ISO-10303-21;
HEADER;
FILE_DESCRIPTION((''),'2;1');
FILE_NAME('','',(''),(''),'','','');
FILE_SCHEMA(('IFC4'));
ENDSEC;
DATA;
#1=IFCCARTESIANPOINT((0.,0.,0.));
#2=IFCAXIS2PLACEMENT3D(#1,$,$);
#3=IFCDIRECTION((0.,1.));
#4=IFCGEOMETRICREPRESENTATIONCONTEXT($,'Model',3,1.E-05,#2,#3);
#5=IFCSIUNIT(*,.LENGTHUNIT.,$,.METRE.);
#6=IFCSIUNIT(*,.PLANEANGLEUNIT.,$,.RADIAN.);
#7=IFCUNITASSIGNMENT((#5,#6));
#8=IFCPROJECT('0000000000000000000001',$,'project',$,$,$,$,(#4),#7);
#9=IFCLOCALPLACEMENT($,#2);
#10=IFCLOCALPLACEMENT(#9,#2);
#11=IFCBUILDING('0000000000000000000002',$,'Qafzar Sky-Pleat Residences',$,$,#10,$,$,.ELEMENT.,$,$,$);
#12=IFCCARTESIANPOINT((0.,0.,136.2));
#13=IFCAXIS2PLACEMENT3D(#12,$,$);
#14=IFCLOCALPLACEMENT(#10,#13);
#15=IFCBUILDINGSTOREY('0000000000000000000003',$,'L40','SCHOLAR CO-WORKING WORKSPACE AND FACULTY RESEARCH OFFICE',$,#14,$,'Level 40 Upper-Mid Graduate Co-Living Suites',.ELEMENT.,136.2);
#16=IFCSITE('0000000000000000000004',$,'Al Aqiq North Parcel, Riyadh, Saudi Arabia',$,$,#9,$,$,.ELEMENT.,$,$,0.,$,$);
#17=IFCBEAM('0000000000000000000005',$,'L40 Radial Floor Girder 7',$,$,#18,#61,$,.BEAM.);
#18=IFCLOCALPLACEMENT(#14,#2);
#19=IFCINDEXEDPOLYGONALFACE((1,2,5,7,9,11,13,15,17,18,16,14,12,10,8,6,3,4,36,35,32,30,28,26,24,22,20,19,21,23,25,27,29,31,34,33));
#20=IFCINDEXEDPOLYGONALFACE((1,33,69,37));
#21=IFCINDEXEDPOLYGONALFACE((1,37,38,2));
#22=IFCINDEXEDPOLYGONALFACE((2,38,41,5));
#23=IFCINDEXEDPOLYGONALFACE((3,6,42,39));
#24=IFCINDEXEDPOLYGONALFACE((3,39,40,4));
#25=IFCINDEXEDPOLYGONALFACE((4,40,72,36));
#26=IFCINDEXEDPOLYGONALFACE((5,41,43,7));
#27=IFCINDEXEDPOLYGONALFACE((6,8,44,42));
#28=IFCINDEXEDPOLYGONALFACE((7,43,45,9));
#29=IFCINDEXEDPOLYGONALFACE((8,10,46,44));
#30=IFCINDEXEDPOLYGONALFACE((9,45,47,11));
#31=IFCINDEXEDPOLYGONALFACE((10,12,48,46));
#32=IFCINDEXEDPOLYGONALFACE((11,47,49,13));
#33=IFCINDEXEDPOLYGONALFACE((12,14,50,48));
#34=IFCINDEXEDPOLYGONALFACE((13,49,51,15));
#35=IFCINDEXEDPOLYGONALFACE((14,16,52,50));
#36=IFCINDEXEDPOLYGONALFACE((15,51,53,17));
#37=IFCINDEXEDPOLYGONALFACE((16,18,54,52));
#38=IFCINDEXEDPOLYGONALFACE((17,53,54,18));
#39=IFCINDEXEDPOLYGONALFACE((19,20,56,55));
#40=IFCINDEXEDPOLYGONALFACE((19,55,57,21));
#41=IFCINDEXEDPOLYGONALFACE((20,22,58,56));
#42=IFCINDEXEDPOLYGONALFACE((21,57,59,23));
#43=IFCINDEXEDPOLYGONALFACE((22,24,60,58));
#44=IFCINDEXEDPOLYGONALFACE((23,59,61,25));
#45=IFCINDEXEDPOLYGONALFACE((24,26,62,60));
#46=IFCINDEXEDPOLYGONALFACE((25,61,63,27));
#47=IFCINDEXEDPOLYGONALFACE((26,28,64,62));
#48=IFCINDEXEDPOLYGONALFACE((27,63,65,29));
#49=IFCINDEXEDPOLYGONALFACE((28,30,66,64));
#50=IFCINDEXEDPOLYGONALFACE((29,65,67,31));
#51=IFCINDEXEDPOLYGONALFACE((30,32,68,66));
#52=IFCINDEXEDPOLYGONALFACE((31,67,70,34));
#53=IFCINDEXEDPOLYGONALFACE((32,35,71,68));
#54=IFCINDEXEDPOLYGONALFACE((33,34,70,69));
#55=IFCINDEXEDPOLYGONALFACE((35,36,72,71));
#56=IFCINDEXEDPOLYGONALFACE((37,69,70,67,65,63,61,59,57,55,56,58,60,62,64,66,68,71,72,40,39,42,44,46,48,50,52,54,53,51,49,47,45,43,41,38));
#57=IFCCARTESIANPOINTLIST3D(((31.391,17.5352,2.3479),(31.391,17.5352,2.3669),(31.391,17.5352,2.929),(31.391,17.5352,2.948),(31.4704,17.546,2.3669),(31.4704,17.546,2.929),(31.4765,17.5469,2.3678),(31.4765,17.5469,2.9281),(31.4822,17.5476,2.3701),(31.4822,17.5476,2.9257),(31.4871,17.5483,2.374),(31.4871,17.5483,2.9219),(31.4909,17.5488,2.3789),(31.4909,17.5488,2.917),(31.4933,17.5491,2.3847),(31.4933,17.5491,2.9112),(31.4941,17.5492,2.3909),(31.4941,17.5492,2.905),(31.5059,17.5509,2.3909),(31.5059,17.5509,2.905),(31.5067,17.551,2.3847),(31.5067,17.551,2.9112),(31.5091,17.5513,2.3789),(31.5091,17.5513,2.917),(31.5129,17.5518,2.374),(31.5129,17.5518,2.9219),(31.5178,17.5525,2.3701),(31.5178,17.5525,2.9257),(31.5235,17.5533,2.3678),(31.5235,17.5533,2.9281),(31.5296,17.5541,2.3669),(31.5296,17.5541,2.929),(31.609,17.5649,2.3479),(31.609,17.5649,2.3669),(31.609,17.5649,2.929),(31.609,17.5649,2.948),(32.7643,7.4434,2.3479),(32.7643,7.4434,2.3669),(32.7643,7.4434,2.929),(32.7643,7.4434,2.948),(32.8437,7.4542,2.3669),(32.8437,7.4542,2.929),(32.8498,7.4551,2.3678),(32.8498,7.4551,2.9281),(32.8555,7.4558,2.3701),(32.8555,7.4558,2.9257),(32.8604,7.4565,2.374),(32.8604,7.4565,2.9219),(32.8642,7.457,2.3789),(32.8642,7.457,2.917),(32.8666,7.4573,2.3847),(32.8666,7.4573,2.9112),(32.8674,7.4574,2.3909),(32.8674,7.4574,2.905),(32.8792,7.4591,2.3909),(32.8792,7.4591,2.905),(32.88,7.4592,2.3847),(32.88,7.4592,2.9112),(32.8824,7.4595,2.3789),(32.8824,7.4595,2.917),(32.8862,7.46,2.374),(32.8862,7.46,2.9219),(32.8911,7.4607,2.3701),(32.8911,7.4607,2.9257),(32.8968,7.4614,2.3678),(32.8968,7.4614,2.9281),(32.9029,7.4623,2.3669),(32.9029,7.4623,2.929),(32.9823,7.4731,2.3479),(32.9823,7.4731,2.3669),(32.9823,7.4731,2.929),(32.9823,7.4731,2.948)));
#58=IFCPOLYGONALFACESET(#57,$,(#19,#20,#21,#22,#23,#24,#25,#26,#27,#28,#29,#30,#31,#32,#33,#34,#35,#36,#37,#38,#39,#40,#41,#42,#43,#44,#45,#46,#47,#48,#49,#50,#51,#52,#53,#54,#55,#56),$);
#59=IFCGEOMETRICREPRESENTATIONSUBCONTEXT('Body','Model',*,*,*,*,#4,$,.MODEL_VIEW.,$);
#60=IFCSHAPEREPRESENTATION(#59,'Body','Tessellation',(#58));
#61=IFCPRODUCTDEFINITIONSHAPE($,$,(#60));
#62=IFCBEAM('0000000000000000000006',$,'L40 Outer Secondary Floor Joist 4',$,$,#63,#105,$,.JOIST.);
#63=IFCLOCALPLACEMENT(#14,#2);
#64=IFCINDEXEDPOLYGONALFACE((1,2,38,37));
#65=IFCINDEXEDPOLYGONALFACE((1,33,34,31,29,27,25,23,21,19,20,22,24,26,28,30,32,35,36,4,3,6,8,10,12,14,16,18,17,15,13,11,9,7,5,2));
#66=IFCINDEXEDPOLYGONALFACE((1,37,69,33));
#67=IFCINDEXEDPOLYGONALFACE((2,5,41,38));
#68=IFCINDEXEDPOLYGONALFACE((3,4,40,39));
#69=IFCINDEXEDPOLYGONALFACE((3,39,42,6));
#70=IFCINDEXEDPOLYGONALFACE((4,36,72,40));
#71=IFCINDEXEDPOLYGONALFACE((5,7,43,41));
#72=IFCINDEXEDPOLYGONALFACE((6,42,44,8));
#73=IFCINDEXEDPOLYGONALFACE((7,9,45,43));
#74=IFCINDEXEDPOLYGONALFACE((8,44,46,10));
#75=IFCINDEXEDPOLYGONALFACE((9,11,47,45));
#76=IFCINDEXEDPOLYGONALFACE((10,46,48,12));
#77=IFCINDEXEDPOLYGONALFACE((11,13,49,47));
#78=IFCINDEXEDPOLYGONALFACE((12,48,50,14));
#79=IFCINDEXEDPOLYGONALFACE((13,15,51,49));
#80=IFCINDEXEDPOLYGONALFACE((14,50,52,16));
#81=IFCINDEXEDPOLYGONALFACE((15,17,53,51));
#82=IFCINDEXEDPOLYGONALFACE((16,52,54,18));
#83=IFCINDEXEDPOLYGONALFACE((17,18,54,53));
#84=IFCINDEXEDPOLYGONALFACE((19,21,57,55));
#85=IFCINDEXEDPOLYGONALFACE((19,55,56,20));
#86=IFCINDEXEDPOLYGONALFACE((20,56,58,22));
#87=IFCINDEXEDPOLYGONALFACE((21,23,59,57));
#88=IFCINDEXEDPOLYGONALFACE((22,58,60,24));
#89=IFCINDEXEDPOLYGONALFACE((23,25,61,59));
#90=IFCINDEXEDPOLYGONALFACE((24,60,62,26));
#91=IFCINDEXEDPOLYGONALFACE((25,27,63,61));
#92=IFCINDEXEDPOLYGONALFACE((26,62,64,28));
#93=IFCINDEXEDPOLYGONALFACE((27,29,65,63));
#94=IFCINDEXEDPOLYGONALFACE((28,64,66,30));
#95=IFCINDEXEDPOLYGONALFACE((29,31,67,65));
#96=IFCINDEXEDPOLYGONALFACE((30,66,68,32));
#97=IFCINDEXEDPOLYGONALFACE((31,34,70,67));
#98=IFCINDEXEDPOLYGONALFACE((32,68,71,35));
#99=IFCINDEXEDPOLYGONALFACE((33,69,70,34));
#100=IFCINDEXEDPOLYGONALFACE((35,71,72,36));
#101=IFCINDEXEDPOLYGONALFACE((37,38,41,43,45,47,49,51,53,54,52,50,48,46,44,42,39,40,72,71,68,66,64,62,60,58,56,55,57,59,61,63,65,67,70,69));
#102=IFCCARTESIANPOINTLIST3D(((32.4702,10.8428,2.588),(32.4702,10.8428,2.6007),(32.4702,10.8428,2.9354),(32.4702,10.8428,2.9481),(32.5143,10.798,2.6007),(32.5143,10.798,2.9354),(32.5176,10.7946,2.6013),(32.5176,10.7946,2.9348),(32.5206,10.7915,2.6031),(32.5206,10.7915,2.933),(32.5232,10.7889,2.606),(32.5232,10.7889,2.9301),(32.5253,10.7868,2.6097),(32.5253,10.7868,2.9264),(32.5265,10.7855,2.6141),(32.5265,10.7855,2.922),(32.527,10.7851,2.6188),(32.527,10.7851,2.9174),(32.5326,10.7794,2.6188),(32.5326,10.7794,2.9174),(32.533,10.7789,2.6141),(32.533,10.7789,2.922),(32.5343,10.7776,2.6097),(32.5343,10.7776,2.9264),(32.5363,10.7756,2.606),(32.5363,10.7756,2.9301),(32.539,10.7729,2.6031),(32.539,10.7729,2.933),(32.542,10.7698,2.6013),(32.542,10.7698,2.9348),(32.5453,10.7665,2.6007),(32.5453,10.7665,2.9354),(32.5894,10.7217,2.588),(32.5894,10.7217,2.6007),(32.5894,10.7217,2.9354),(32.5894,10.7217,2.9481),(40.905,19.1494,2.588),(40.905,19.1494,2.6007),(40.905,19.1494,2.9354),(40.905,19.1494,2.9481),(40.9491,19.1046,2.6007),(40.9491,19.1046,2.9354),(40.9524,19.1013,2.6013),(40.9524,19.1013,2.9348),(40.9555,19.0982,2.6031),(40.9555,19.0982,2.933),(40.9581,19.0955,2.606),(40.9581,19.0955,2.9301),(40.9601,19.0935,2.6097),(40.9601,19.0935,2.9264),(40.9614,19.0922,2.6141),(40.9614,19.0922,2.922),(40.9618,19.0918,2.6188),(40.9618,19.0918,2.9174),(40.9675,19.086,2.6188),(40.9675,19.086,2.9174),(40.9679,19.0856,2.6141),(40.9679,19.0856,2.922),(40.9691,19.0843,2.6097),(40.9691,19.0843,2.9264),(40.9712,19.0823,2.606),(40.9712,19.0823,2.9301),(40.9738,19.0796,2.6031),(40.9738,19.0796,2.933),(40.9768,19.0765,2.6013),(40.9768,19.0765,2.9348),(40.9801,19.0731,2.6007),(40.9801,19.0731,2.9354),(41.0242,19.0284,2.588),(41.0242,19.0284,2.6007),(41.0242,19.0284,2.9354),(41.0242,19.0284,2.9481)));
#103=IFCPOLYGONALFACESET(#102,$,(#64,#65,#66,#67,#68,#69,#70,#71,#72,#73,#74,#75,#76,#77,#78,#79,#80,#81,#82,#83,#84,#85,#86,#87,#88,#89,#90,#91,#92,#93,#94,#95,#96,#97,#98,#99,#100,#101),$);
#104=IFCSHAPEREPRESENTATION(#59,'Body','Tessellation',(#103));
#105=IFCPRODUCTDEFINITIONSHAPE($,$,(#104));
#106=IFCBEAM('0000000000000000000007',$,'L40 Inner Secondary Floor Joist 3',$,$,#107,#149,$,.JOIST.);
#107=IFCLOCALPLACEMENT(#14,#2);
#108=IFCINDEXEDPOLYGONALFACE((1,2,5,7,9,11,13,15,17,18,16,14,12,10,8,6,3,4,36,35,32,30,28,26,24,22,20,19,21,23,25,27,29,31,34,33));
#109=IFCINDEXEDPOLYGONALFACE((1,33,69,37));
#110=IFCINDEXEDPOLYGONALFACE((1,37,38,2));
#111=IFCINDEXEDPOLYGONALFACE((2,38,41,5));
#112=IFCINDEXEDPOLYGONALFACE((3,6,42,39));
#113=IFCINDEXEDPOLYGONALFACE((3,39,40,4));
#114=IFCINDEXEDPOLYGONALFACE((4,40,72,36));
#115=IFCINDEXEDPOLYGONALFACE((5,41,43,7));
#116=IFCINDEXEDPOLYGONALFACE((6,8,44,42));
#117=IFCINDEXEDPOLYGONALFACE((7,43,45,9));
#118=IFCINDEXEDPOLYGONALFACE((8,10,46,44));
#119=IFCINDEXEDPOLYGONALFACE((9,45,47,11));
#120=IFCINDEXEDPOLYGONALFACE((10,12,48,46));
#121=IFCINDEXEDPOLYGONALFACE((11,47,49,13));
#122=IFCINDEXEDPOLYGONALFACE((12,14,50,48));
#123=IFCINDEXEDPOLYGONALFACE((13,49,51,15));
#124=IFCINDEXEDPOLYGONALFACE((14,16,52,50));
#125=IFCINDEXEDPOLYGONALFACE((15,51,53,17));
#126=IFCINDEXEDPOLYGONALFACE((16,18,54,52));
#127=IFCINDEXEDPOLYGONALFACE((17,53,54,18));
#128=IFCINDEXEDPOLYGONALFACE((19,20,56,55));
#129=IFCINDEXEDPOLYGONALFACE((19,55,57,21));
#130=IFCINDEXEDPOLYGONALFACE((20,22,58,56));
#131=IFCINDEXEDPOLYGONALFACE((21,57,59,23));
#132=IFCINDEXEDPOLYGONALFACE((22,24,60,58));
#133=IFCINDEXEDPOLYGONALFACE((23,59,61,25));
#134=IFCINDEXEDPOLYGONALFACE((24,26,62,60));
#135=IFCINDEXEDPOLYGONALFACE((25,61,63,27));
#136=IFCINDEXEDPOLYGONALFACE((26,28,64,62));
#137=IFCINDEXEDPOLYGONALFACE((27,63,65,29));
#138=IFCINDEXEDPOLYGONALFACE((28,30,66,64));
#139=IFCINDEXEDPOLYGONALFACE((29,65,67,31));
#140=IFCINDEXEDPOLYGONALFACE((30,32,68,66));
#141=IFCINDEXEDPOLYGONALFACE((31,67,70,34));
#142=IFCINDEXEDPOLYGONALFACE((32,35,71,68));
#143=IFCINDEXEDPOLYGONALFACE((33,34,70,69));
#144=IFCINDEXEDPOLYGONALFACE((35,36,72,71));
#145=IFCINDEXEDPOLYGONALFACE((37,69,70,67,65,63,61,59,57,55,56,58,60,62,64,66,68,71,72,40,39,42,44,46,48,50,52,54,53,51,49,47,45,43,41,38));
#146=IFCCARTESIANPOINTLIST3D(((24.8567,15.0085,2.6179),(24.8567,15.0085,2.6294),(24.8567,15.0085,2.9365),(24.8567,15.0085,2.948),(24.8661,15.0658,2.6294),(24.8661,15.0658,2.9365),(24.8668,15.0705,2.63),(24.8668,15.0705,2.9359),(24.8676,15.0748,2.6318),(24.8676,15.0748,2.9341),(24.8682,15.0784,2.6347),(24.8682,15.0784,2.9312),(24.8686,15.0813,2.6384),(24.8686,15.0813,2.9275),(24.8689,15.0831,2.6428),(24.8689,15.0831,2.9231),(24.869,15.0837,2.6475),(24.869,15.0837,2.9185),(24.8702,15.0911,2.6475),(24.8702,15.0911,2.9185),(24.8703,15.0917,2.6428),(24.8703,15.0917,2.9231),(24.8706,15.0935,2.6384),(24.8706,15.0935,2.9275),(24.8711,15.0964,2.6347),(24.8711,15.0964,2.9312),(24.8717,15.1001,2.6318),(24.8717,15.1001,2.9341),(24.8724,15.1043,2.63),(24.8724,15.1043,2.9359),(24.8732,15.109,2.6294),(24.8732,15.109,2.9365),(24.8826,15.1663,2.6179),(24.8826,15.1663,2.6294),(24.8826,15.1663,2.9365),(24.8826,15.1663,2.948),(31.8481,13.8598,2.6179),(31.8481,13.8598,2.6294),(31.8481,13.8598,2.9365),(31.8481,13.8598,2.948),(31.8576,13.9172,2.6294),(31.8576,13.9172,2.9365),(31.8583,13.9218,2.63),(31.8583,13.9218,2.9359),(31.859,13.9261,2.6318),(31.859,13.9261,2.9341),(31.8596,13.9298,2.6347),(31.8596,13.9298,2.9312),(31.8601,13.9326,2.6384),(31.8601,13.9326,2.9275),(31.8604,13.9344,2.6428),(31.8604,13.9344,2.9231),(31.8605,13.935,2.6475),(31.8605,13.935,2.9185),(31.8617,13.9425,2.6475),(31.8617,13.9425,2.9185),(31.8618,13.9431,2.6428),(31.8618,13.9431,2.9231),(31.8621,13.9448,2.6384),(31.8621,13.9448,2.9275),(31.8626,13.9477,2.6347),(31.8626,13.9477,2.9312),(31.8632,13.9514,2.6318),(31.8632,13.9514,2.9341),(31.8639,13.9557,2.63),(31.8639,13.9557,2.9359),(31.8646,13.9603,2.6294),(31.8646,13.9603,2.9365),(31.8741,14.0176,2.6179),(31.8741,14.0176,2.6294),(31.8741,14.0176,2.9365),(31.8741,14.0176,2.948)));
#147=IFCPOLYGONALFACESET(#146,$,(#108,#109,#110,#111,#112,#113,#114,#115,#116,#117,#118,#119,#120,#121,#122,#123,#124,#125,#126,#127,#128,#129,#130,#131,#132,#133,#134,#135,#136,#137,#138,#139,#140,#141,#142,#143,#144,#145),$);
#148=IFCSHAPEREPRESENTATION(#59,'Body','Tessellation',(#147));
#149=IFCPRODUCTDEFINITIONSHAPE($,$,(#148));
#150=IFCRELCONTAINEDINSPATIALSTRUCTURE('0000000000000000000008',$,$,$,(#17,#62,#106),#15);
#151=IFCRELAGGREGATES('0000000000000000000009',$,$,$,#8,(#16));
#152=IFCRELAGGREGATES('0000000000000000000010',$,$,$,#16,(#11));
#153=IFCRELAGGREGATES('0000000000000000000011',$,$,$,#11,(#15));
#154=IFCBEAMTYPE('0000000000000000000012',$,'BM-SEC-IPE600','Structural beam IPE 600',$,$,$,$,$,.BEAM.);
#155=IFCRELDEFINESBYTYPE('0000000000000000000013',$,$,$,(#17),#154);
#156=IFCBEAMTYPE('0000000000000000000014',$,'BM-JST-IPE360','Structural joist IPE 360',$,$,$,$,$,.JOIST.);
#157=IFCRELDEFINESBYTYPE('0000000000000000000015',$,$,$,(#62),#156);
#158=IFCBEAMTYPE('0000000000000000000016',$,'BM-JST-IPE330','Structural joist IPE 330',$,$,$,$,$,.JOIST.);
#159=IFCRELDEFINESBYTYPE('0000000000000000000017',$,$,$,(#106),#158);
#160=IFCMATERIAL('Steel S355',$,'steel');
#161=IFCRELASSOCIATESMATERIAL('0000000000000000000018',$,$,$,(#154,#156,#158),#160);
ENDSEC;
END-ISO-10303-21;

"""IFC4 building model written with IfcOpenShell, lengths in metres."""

from ifc_helpers import new_model, si_unit, direction, frame, origin, origin_2d, place, context, subcontext, project, spatial, i_section, extrude, source, transform, mapped, material, material_profile, profile_set, type_object, element, save


model = new_model("IFC4")

# Units and contexts
model_context = context("Model", 3, precision=1e-05, world=origin(), true_north=direction((0.0, 1.0)))
body_context = subcontext(model_context, "Body", "Model", "MODEL_VIEW")
ifc_project = project(units=[si_unit("LENGTHUNIT", "METRE"), si_unit("PLANEANGLEUNIT", "RADIAN")], contexts=[model_context])

# Site, building, storey
site_placement = place(None, origin())
site = spatial("IfcSite", under=ifc_project, at=site_placement, Name="Al Aqiq North Parcel, Riyadh, Saudi Arabia", CompositionType="ELEMENT", RefElevation=0.0)
building_placement = place(site_placement, origin())
building = spatial("IfcBuilding", under=site, at=building_placement, Name="Qafzar Sky-Pleat Residences", CompositionType="ELEMENT")
storey_placement = place(building_placement, frame((0.0, 0.0, 136.2)))
storey = spatial("IfcBuildingStorey", under=building, at=storey_placement, Name="L40", Description="SCHOLAR CO-WORKING WORKSPACE AND FACULTY RESEARCH OFFICE", LongName="Level 40 Upper-Mid Graduate Co-Living Suites", CompositionType="ELEMENT", Elevation=136.2)

# Shared definitions
ifc_material_1 = material(Name="Steel S355", Category="steel")

# Beams
ifc_material_profile_1 = material_profile(ifc_material_1, i_section(OverallWidth=0.22, OverallDepth=0.6001, WebThickness=0.012, FlangeThickness=0.019, FilletRadius=0.0239, at=origin_2d()), Name="IPE 600")
ifc_profile_set_1 = profile_set([ifc_material_profile_1], Name="Steel S355")
beam_type_1 = type_object("IfcBeamType", Name="BM-SEC-IPE600", Description="Structural beam IPE 600", PredefinedType="BEAM", material=ifc_profile_set_1)
shared_shape_1 = source(origin(), body_context, "Body", "SweptSolid", [
    extrude(i_section(OverallWidth=0.22, OverallDepth=0.6001, WebThickness=0.012, FlangeThickness=0.019, FilletRadius=0.0239, at=origin_2d()), origin(), (0.0, 0.0, 1.0), 10.1848),
])
beam_1_placement = place(storey_placement, frame((32.8733, 7.4583, 2.6479), z_axis=(-0.134837, 0.990868, 0.0), x_axis=(-0.990868, -0.134837, 0.0)))
element("IfcBeam", 1, at=beam_1_placement, inside=storey, type_object=beam_type_1, Name="L40 Radial Floor Girder 7", PredefinedType="BEAM", context=body_context, shape_type="MappedRepresentation", body=[
    mapped(shared_shape_1, transform((0.0, 0.0, 0.0), x_axis=(1.0, 0.0, 0.0), y_axis=(0.0, 1.0, 0.0), z_axis=(0.0, 0.0, 1.0), scale=1.0)),
])
ifc_material_profile_2 = material_profile(ifc_material_1, i_section(OverallWidth=0.1699, OverallDepth=0.3601, WebThickness=0.0081, FlangeThickness=0.0127, FilletRadius=0.0181, at=origin_2d()), Name="IPE 360")
ifc_profile_set_2 = profile_set([ifc_material_profile_2], Name="Steel S355")
beam_type_2 = type_object("IfcBeamType", Name="BM-JST-IPE360", Description="Structural joist IPE 360", PredefinedType="JOIST", material=ifc_profile_set_2)
shared_shape_2 = source(origin(), body_context, "Body", "SweptSolid", [
    extrude(i_section(OverallWidth=0.1699, OverallDepth=0.3601, WebThickness=0.0081, FlangeThickness=0.0127, FilletRadius=0.0181, at=origin_2d()), origin(), (0.0, 0.0, 1.0), 11.8384),
])
beam_2_placement = place(storey_placement, frame((32.5298, 10.7822, 2.7681), z_axis=(0.7125, 0.701673, 0.0), x_axis=(-0.701673, 0.7125, 0.0)))
element("IfcBeam", 2, at=beam_2_placement, inside=storey, type_object=beam_type_2, Name="L40 Outer Secondary Floor Joist 4", PredefinedType="JOIST", context=body_context, shape_type="MappedRepresentation", body=[
    mapped(shared_shape_2, transform((0.0, 0.0, 0.0), x_axis=(1.0, 0.0, 0.0), y_axis=(0.0, 1.0, 0.0), z_axis=(0.0, 0.0, 1.0), scale=1.0)),
])
ifc_material_profile_3 = material_profile(ifc_material_1, i_section(OverallWidth=0.1599, OverallDepth=0.3301, WebThickness=0.0076, FlangeThickness=0.0115, FilletRadius=0.0181, at=origin_2d()), Name="IPE 330")
ifc_profile_set_3 = profile_set([ifc_material_profile_3], Name="Steel S355")
beam_type_3 = type_object("IfcBeamType", Name="BM-JST-IPE330", Description="Structural joist IPE 330", PredefinedType="JOIST", material=ifc_profile_set_3)
shared_shape_3 = source(origin(), body_context, "Body", "SweptSolid", [
    extrude(i_section(OverallWidth=0.1599, OverallDepth=0.3301, WebThickness=0.0076, FlangeThickness=0.0115, FilletRadius=0.0181, at=origin_2d()), origin(), (0.0, 0.0, 1.0), 7.0852),
])
beam_3_placement = place(storey_placement, frame((24.8696, 15.0874, 2.783), z_axis=(0.98677, -0.162124, 0.0), x_axis=(0.162124, 0.98677, 0.0)))
element("IfcBeam", 3, at=beam_3_placement, inside=storey, type_object=beam_type_3, Name="L40 Inner Secondary Floor Joist 3", PredefinedType="JOIST", context=body_context, shape_type="MappedRepresentation", body=[
    mapped(shared_shape_3, transform((0.0, 0.0, 0.0), x_axis=(1.0, 0.0, 0.0), y_axis=(0.0, 1.0, 0.0), z_axis=(0.0, 0.0, 1.0), scale=1.0)),
])

save(model, "model.ifc")
